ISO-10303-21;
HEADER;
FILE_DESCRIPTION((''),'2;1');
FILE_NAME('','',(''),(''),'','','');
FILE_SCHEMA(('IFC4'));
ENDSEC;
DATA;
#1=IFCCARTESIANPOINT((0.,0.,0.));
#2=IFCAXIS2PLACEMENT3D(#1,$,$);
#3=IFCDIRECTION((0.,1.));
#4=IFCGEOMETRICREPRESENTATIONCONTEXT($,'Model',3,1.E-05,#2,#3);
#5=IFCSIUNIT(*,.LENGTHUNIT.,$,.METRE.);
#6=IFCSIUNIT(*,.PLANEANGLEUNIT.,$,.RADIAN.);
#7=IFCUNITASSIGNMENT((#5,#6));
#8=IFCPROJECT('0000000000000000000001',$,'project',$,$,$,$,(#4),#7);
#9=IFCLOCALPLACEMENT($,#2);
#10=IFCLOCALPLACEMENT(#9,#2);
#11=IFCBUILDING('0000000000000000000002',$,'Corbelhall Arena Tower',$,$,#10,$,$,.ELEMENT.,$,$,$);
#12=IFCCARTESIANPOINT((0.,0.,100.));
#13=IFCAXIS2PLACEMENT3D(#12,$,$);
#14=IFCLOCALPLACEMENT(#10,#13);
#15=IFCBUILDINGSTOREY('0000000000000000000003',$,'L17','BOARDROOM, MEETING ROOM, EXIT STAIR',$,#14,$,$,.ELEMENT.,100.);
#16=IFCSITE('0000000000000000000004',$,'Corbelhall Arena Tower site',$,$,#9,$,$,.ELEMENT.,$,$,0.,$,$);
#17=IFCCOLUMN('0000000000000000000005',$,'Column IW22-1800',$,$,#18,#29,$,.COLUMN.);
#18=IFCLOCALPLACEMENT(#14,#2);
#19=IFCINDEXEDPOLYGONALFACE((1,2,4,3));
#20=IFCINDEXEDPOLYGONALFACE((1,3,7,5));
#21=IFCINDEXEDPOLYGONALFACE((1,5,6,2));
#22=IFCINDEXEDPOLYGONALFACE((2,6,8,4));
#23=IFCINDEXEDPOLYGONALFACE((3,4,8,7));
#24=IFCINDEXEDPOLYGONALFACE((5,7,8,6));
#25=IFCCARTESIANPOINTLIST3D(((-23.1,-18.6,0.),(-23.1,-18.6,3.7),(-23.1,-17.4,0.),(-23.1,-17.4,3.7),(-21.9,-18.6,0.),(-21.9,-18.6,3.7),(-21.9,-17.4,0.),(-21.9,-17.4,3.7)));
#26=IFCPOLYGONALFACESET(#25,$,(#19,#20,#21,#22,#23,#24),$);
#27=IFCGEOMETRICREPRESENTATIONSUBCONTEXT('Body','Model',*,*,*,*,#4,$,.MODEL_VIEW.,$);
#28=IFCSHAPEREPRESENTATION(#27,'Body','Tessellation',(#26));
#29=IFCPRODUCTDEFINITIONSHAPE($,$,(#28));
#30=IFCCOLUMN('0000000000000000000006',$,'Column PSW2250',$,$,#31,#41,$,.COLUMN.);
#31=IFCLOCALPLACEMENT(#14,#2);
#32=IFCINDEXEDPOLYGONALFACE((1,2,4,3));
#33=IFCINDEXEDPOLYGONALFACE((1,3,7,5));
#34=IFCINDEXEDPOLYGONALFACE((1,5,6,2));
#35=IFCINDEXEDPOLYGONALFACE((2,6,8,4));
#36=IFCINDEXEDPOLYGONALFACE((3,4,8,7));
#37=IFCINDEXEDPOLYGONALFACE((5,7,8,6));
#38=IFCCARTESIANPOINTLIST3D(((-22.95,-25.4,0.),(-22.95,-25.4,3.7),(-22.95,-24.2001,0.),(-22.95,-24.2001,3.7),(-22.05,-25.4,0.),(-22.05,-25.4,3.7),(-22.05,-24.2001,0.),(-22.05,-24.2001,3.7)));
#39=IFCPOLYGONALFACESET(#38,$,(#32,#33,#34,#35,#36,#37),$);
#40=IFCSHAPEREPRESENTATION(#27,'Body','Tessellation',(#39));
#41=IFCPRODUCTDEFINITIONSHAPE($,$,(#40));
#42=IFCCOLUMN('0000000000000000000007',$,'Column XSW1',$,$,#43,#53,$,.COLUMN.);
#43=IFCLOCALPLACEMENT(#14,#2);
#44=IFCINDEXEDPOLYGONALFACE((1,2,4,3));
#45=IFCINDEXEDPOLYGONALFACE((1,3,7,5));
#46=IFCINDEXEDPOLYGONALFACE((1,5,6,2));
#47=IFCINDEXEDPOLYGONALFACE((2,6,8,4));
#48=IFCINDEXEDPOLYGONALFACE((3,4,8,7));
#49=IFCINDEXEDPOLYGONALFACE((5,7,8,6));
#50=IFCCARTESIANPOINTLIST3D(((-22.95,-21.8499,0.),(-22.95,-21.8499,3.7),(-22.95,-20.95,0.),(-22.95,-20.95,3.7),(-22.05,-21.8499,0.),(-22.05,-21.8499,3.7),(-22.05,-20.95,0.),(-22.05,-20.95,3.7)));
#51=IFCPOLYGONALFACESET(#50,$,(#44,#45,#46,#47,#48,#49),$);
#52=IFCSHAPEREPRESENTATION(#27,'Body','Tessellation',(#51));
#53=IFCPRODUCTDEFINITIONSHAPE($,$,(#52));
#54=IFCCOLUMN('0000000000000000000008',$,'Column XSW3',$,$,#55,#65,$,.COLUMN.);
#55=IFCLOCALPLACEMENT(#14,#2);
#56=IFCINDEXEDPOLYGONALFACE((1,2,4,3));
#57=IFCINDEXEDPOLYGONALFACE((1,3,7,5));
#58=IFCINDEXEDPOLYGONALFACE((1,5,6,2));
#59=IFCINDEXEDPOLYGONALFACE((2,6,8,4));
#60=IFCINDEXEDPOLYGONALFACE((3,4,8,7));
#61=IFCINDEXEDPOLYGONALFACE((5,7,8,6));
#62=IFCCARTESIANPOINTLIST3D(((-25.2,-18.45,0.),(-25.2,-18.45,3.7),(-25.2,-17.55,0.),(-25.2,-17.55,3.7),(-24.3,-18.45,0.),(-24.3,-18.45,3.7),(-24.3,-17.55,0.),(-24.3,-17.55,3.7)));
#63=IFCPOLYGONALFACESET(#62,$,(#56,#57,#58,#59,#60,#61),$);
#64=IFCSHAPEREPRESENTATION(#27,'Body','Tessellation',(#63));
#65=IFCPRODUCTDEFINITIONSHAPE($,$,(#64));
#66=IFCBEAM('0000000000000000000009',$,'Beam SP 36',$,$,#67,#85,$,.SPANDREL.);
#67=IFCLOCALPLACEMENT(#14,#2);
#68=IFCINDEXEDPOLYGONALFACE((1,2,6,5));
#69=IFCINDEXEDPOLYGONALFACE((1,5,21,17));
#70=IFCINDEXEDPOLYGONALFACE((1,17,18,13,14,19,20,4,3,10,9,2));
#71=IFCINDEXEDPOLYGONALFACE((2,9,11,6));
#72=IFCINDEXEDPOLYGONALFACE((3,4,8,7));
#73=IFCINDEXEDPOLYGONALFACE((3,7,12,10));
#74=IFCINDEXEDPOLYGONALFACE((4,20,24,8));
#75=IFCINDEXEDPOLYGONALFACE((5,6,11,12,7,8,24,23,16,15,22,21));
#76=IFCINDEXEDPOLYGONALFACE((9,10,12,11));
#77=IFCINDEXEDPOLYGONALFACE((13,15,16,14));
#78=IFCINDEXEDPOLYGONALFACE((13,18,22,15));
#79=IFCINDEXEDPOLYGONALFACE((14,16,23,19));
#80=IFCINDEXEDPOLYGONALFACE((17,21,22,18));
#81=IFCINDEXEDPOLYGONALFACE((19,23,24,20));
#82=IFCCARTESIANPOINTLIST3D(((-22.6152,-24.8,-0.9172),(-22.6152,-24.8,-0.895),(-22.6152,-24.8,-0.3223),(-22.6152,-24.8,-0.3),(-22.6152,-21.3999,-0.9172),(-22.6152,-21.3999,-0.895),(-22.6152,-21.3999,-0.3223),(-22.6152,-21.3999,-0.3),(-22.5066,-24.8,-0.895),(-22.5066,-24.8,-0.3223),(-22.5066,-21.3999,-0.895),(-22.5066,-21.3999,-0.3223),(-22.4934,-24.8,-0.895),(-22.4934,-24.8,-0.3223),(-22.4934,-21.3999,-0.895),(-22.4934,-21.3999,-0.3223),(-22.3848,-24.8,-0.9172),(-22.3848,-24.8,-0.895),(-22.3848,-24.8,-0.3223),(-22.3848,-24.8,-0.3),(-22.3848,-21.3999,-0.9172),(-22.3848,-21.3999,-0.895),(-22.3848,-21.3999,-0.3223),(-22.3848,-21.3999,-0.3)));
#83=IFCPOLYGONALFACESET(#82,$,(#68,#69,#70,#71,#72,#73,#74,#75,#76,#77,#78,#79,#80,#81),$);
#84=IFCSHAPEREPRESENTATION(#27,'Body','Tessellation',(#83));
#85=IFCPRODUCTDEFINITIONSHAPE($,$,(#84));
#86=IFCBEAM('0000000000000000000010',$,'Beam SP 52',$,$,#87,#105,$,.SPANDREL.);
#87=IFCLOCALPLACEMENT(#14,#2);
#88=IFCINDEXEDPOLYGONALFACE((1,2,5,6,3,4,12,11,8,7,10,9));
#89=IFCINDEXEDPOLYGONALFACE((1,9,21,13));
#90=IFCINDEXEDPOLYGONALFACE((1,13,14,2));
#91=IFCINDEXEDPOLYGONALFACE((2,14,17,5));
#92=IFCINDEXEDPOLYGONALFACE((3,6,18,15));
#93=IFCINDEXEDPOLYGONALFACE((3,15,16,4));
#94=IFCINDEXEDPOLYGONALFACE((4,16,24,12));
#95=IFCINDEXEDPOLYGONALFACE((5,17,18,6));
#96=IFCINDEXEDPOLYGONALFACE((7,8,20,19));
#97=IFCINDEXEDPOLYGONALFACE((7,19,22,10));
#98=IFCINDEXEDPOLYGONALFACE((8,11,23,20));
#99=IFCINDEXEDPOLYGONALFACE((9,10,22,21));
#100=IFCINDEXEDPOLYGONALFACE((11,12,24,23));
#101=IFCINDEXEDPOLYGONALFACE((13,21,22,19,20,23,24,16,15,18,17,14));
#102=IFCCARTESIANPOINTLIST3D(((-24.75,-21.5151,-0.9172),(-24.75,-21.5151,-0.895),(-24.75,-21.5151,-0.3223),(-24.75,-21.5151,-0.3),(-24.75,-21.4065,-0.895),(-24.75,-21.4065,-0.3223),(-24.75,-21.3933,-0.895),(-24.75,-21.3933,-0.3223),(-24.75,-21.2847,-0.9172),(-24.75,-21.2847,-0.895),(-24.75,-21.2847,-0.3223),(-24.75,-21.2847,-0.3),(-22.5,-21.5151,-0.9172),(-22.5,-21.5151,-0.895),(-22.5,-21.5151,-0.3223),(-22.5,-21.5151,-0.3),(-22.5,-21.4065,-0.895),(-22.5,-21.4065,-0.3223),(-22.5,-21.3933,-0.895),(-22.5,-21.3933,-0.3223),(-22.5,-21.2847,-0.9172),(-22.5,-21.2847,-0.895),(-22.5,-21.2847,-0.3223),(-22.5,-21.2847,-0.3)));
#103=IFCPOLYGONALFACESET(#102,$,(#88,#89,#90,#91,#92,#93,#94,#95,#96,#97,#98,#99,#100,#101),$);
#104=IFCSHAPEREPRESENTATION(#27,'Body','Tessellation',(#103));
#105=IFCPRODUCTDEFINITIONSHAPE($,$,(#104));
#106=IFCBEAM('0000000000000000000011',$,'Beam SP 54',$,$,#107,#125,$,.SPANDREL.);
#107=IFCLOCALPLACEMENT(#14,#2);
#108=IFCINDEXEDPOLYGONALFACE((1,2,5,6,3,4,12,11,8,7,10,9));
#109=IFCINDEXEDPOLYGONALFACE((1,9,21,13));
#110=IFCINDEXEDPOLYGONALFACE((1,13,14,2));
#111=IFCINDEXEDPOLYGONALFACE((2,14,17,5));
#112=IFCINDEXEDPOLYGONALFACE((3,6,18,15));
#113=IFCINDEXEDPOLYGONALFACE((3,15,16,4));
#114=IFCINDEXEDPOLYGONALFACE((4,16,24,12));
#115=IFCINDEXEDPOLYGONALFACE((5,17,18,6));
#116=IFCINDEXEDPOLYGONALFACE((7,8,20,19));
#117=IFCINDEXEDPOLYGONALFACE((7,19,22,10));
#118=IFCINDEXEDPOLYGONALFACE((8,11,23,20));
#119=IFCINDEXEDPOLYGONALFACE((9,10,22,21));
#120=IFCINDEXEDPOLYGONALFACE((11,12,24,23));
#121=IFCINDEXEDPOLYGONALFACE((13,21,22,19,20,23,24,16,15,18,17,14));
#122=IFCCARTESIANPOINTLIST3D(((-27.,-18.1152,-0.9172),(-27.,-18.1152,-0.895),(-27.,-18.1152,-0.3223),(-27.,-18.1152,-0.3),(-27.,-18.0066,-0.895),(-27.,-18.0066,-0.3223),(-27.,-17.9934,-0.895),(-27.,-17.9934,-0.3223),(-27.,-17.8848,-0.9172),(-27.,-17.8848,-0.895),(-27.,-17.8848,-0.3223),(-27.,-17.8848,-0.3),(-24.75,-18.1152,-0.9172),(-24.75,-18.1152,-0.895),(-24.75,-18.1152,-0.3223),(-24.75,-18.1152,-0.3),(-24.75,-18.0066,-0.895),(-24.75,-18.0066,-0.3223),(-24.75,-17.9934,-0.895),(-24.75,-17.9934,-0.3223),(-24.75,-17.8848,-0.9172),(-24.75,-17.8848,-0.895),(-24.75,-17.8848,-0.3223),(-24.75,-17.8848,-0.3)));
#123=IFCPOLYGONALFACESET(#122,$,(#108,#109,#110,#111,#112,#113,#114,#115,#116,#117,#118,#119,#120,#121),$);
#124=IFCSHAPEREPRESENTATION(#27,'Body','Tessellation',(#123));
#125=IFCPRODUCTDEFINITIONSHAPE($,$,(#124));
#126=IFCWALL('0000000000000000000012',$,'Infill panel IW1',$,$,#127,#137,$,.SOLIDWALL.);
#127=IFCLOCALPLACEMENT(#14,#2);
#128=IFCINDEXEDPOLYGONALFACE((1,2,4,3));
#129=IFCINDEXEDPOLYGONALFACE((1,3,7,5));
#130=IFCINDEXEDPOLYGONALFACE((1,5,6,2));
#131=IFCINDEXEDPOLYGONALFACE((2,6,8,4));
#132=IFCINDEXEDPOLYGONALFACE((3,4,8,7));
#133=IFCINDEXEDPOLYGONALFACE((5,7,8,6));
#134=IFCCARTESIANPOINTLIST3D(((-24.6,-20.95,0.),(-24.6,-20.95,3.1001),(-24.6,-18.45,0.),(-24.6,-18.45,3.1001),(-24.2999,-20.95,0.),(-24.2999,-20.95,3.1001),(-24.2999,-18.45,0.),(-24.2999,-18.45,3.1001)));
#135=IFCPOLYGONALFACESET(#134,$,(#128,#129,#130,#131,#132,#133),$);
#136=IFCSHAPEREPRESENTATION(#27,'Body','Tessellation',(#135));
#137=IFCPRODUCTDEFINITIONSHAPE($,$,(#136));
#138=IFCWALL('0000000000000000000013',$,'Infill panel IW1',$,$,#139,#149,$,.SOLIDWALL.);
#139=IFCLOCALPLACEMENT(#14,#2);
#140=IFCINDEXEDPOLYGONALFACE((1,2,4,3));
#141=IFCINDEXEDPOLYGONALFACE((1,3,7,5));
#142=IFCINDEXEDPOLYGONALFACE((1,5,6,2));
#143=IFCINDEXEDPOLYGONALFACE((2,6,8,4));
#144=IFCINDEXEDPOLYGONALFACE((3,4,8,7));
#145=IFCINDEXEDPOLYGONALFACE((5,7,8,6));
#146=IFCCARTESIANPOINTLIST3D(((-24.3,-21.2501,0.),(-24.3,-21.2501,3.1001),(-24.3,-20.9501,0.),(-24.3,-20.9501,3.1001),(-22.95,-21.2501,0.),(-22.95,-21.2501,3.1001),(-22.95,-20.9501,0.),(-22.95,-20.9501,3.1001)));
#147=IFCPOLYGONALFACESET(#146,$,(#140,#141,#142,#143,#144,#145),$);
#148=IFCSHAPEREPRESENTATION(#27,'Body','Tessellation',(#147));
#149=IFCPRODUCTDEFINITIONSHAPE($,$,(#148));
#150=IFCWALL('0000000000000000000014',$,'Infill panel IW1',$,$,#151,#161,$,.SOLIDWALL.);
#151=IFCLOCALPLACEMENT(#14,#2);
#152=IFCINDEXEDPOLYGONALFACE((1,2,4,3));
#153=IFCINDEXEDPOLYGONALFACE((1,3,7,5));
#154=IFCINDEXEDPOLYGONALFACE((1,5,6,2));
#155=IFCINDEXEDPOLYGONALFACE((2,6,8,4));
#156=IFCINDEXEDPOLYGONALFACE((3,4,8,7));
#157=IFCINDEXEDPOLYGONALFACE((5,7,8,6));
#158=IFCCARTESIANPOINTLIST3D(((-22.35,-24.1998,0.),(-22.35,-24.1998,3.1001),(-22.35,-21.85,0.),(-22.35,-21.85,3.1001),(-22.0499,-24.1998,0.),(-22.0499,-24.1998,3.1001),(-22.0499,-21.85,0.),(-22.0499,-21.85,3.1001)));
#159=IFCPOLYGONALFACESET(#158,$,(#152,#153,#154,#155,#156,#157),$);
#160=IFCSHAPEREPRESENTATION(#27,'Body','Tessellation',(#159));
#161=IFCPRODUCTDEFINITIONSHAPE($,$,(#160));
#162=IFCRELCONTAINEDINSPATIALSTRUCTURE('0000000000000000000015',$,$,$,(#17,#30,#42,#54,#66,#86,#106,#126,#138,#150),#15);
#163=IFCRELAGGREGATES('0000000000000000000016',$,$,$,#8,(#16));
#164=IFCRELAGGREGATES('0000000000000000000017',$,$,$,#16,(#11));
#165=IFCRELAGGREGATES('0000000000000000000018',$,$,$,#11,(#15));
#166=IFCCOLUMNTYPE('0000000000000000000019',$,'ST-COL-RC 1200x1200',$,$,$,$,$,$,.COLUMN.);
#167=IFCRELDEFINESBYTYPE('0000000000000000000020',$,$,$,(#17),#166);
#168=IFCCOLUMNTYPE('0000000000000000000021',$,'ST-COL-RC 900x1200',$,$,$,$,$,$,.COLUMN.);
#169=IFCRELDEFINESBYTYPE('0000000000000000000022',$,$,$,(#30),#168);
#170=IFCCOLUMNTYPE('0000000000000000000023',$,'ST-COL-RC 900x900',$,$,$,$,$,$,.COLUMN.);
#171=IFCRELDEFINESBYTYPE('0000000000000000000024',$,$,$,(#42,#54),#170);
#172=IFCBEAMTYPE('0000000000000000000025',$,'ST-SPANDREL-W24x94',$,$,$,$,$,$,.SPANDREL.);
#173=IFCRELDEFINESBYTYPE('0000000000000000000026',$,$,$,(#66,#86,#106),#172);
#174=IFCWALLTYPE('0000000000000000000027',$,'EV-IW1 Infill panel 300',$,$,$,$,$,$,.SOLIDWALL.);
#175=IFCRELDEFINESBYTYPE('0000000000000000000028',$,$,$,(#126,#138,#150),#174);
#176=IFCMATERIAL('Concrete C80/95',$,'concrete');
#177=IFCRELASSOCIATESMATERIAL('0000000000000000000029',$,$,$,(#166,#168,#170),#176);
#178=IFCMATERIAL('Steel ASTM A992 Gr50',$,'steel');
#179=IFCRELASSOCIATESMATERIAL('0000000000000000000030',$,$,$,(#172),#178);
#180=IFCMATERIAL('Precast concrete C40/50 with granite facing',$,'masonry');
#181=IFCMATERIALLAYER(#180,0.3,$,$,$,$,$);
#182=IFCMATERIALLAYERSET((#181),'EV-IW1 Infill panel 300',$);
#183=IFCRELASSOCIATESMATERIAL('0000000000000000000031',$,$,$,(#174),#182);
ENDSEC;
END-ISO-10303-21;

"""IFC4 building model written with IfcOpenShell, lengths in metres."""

from ifc_helpers import new_model, si_unit, direction, frame, frame_2d, origin, origin_2d, place, context, subcontext, project, spatial, rectangle, i_section, extrude, material, layer, layer_set, material_profile, profile_set, type_object, element, save


model = new_model("IFC4")

# Units and contexts
model_context = context("Model", 3, precision=1e-05, world=origin(), true_north=direction((0.0, 1.0)))
body_context = subcontext(model_context, "Body", "Model", "MODEL_VIEW")
ifc_project = project(units=[si_unit("LENGTHUNIT", "METRE"), si_unit("PLANEANGLEUNIT", "RADIAN")], contexts=[model_context])

# Site, building, storey
site_placement = place(None, origin())
site = spatial("IfcSite", under=ifc_project, at=site_placement, Name="Corbelhall Arena Tower site", CompositionType="ELEMENT", RefElevation=0.0)
building_placement = place(site_placement, origin())
building = spatial("IfcBuilding", under=site, at=building_placement, Name="Corbelhall Arena Tower", CompositionType="ELEMENT")
storey_placement = place(building_placement, frame((0.0, 0.0, 100.0)))
storey = spatial("IfcBuildingStorey", under=building, at=storey_placement, Name="L17", Description="BOARDROOM, MEETING ROOM, EXIT STAIR", CompositionType="ELEMENT", Elevation=100.0)

# Columns
ifc_material_1 = material(Name="Concrete C80/95", Category="concrete")
ifc_material_profile_1 = material_profile(ifc_material_1, rectangle(XDim=1.2, YDim=1.2, at=origin_2d()))
ifc_profile_set_1 = profile_set([ifc_material_profile_1], Name="Concrete C80/95")
column_type_1 = type_object("IfcColumnType", Name="ST-COL-RC 1200x1200", PredefinedType="COLUMN", material=ifc_profile_set_1)
column_1_placement = place(storey_placement, frame((-22.5, -18.0, 0.0), z_axis=(0.0, 0.0, 1.0), x_axis=(1.0, 0.0, 0.0)))
element("IfcColumn", 1, at=column_1_placement, inside=storey, type_object=column_type_1, Name="Column IW22-1800", PredefinedType="COLUMN", context=body_context, shape_type="SweptSolid", body=[
    extrude(rectangle(XDim=1.2, YDim=1.2, at=origin_2d()), origin(), (0.0, 0.0, 1.0), 3.7),
])
ifc_material_profile_2 = material_profile(ifc_material_1, rectangle(XDim=0.8999, YDim=1.2, at=origin_2d()))
ifc_profile_set_2 = profile_set([ifc_material_profile_2], Name="Concrete C80/95")
column_type_2 = type_object("IfcColumnType", Name="ST-COL-RC 900x1200", PredefinedType="COLUMN", material=ifc_profile_set_2)
column_2_placement = place(storey_placement, frame((-22.5, -24.8, 0.0), z_axis=(0.0, 0.0, 1.0), x_axis=(1.0, 0.0, 0.0)))
element("IfcColumn", 2, at=column_2_placement, inside=storey, type_object=column_type_2, Name="Column PSW2250", PredefinedType="COLUMN", context=body_context, shape_type="SweptSolid", body=[
    extrude(rectangle(XDim=0.8999, YDim=1.2, at=origin_2d()), origin(), (0.0, 0.0, 1.0), 3.7),
])
ifc_material_profile_3 = material_profile(ifc_material_1, rectangle(XDim=0.8999, YDim=0.8999, at=origin_2d()))
ifc_profile_set_3 = profile_set([ifc_material_profile_3], Name="Concrete C80/95")
column_type_3 = type_object("IfcColumnType", Name="ST-COL-RC 900x900", PredefinedType="COLUMN", material=ifc_profile_set_3)
for number, where, z_axis, x_axis, name in (
    (3, (-22.5, -21.3999, 0.0), (0.0, 0.0, 1.0), (1.0, 0.0, 0.0), "Column XSW1"),
    (4, (-24.75, -18.0, 0.0), (0.0, 0.0, 1.0), (1.0, 0.0, 0.0), "Column XSW3"),
):
    element("IfcColumn", number, at=place(storey_placement, frame(where, z_axis=z_axis, x_axis=x_axis)), inside=storey, type_object=column_type_3, Name=name, PredefinedType="COLUMN", context=body_context, shape_type="SweptSolid", body=[
        extrude(rectangle(XDim=0.8999, YDim=0.8999, at=origin_2d()), origin(), (0.0, 0.0, 1.0), 3.7),
    ])

# Beams
ifc_material_2 = material(Name="Steel ASTM A992 Gr50", Category="steel")
ifc_material_profile_4 = material_profile(ifc_material_2, i_section(OverallWidth=0.2305, OverallDepth=0.6172, WebThickness=0.0132, FlangeThickness=0.0222, at=origin_2d()))
ifc_profile_set_4 = profile_set([ifc_material_profile_4], Name="Steel ASTM A992 Gr50")
beam_type = type_object("IfcBeamType", Name="ST-SPANDREL-W24x94", PredefinedType="SPANDREL", material=ifc_profile_set_4)
beam_placement = place(storey_placement, frame((-22.5, -24.8, -0.6086), z_axis=(0.0, 1.0, 0.0), x_axis=(-1.0, 0.0, 0.0)))
element("IfcBeam", 5, at=beam_placement, inside=storey, type_object=beam_type, Name="Beam SP 36", PredefinedType="SPANDREL", context=body_context, shape_type="SweptSolid", body=[
    extrude(i_section(OverallWidth=0.2305, OverallDepth=0.6172, WebThickness=0.0132, FlangeThickness=0.0222, at=origin_2d()), origin(), (0.0, 0.0, 1.0), 3.4001),
])
for number, where, z_axis, x_axis, name in (
    (6, (-22.5, -21.3999, -0.6086), (-1.0, 0.0, 0.0), (0.0, -1.0, 0.0), "Beam SP 52"),
    (7, (-24.75, -18.0, -0.6086), (-1.0, 0.0, 0.0), (0.0, -1.0, 0.0), "Beam SP 54"),
):
    element("IfcBeam", number, at=place(storey_placement, frame(where, z_axis=z_axis, x_axis=x_axis)), inside=storey, type_object=beam_type, Name=name, PredefinedType="SPANDREL", context=body_context, shape_type="SweptSolid", body=[
        extrude(i_section(OverallWidth=0.2305, OverallDepth=0.6172, WebThickness=0.0132, FlangeThickness=0.0222, at=origin_2d()), origin(), (0.0, 0.0, 1.0), 2.25),
    ])

# Walls
ifc_material_3 = material(Name="Precast concrete C40/50 with granite facing", Category="masonry")
ifc_layer_1 = layer(ifc_material_3, 0.3)
ifc_layer_set_1 = layer_set([ifc_layer_1], Name="EV-IW1 Infill panel 300")
wall_type_1 = type_object("IfcWallType", Name="EV-IW1 Infill panel 300", PredefinedType="SOLIDWALL", material=ifc_layer_set_1)
wall_1_placement = place(storey_placement, frame((-24.45, -18.45, 0.0), z_axis=(0.0, 0.0, 1.0), x_axis=(0.0, -1.0, 0.0)))
element("IfcWall", 8, at=wall_1_placement, inside=storey, type_object=wall_type_1, Name="Infill panel IW1", PredefinedType="SOLIDWALL", context=body_context, shape_type="SweptSolid", body=[
    extrude(rectangle(XDim=2.5, YDim=0.3, at=frame_2d((1.25, 0.0))), origin(), (0.0, 0.0, 1.0), 3.1001),
])
wall_2_placement = place(storey_placement, frame((-24.3, -21.1001, 0.0), z_axis=(0.0, 0.0, 1.0), x_axis=(1.0, 0.0, 0.0)))
element("IfcWall", 9, at=wall_2_placement, inside=storey, type_object=wall_type_1, Name="Infill panel IW1", PredefinedType="SOLIDWALL", context=body_context, shape_type="SweptSolid", body=[
    extrude(rectangle(XDim=1.3501, YDim=0.3, at=frame_2d((0.675, 0.0))), origin(), (0.0, 0.0, 1.0), 3.1001),
])
wall_3_placement = place(storey_placement, frame((-22.2, -21.8501, 0.0), z_axis=(0.0, 0.0, 1.0), x_axis=(0.0, -1.0, 0.0)))
element("IfcWall", 10, at=wall_3_placement, inside=storey, type_object=wall_type_1, Name="Infill panel IW1", PredefinedType="SOLIDWALL", context=body_context, shape_type="SweptSolid", body=[
    extrude(rectangle(XDim=2.3499, YDim=0.3, at=frame_2d((1.1748, 0.0))), origin(), (0.0, 0.0, 1.0), 3.1001),
])

save(model, "model.ifc")
